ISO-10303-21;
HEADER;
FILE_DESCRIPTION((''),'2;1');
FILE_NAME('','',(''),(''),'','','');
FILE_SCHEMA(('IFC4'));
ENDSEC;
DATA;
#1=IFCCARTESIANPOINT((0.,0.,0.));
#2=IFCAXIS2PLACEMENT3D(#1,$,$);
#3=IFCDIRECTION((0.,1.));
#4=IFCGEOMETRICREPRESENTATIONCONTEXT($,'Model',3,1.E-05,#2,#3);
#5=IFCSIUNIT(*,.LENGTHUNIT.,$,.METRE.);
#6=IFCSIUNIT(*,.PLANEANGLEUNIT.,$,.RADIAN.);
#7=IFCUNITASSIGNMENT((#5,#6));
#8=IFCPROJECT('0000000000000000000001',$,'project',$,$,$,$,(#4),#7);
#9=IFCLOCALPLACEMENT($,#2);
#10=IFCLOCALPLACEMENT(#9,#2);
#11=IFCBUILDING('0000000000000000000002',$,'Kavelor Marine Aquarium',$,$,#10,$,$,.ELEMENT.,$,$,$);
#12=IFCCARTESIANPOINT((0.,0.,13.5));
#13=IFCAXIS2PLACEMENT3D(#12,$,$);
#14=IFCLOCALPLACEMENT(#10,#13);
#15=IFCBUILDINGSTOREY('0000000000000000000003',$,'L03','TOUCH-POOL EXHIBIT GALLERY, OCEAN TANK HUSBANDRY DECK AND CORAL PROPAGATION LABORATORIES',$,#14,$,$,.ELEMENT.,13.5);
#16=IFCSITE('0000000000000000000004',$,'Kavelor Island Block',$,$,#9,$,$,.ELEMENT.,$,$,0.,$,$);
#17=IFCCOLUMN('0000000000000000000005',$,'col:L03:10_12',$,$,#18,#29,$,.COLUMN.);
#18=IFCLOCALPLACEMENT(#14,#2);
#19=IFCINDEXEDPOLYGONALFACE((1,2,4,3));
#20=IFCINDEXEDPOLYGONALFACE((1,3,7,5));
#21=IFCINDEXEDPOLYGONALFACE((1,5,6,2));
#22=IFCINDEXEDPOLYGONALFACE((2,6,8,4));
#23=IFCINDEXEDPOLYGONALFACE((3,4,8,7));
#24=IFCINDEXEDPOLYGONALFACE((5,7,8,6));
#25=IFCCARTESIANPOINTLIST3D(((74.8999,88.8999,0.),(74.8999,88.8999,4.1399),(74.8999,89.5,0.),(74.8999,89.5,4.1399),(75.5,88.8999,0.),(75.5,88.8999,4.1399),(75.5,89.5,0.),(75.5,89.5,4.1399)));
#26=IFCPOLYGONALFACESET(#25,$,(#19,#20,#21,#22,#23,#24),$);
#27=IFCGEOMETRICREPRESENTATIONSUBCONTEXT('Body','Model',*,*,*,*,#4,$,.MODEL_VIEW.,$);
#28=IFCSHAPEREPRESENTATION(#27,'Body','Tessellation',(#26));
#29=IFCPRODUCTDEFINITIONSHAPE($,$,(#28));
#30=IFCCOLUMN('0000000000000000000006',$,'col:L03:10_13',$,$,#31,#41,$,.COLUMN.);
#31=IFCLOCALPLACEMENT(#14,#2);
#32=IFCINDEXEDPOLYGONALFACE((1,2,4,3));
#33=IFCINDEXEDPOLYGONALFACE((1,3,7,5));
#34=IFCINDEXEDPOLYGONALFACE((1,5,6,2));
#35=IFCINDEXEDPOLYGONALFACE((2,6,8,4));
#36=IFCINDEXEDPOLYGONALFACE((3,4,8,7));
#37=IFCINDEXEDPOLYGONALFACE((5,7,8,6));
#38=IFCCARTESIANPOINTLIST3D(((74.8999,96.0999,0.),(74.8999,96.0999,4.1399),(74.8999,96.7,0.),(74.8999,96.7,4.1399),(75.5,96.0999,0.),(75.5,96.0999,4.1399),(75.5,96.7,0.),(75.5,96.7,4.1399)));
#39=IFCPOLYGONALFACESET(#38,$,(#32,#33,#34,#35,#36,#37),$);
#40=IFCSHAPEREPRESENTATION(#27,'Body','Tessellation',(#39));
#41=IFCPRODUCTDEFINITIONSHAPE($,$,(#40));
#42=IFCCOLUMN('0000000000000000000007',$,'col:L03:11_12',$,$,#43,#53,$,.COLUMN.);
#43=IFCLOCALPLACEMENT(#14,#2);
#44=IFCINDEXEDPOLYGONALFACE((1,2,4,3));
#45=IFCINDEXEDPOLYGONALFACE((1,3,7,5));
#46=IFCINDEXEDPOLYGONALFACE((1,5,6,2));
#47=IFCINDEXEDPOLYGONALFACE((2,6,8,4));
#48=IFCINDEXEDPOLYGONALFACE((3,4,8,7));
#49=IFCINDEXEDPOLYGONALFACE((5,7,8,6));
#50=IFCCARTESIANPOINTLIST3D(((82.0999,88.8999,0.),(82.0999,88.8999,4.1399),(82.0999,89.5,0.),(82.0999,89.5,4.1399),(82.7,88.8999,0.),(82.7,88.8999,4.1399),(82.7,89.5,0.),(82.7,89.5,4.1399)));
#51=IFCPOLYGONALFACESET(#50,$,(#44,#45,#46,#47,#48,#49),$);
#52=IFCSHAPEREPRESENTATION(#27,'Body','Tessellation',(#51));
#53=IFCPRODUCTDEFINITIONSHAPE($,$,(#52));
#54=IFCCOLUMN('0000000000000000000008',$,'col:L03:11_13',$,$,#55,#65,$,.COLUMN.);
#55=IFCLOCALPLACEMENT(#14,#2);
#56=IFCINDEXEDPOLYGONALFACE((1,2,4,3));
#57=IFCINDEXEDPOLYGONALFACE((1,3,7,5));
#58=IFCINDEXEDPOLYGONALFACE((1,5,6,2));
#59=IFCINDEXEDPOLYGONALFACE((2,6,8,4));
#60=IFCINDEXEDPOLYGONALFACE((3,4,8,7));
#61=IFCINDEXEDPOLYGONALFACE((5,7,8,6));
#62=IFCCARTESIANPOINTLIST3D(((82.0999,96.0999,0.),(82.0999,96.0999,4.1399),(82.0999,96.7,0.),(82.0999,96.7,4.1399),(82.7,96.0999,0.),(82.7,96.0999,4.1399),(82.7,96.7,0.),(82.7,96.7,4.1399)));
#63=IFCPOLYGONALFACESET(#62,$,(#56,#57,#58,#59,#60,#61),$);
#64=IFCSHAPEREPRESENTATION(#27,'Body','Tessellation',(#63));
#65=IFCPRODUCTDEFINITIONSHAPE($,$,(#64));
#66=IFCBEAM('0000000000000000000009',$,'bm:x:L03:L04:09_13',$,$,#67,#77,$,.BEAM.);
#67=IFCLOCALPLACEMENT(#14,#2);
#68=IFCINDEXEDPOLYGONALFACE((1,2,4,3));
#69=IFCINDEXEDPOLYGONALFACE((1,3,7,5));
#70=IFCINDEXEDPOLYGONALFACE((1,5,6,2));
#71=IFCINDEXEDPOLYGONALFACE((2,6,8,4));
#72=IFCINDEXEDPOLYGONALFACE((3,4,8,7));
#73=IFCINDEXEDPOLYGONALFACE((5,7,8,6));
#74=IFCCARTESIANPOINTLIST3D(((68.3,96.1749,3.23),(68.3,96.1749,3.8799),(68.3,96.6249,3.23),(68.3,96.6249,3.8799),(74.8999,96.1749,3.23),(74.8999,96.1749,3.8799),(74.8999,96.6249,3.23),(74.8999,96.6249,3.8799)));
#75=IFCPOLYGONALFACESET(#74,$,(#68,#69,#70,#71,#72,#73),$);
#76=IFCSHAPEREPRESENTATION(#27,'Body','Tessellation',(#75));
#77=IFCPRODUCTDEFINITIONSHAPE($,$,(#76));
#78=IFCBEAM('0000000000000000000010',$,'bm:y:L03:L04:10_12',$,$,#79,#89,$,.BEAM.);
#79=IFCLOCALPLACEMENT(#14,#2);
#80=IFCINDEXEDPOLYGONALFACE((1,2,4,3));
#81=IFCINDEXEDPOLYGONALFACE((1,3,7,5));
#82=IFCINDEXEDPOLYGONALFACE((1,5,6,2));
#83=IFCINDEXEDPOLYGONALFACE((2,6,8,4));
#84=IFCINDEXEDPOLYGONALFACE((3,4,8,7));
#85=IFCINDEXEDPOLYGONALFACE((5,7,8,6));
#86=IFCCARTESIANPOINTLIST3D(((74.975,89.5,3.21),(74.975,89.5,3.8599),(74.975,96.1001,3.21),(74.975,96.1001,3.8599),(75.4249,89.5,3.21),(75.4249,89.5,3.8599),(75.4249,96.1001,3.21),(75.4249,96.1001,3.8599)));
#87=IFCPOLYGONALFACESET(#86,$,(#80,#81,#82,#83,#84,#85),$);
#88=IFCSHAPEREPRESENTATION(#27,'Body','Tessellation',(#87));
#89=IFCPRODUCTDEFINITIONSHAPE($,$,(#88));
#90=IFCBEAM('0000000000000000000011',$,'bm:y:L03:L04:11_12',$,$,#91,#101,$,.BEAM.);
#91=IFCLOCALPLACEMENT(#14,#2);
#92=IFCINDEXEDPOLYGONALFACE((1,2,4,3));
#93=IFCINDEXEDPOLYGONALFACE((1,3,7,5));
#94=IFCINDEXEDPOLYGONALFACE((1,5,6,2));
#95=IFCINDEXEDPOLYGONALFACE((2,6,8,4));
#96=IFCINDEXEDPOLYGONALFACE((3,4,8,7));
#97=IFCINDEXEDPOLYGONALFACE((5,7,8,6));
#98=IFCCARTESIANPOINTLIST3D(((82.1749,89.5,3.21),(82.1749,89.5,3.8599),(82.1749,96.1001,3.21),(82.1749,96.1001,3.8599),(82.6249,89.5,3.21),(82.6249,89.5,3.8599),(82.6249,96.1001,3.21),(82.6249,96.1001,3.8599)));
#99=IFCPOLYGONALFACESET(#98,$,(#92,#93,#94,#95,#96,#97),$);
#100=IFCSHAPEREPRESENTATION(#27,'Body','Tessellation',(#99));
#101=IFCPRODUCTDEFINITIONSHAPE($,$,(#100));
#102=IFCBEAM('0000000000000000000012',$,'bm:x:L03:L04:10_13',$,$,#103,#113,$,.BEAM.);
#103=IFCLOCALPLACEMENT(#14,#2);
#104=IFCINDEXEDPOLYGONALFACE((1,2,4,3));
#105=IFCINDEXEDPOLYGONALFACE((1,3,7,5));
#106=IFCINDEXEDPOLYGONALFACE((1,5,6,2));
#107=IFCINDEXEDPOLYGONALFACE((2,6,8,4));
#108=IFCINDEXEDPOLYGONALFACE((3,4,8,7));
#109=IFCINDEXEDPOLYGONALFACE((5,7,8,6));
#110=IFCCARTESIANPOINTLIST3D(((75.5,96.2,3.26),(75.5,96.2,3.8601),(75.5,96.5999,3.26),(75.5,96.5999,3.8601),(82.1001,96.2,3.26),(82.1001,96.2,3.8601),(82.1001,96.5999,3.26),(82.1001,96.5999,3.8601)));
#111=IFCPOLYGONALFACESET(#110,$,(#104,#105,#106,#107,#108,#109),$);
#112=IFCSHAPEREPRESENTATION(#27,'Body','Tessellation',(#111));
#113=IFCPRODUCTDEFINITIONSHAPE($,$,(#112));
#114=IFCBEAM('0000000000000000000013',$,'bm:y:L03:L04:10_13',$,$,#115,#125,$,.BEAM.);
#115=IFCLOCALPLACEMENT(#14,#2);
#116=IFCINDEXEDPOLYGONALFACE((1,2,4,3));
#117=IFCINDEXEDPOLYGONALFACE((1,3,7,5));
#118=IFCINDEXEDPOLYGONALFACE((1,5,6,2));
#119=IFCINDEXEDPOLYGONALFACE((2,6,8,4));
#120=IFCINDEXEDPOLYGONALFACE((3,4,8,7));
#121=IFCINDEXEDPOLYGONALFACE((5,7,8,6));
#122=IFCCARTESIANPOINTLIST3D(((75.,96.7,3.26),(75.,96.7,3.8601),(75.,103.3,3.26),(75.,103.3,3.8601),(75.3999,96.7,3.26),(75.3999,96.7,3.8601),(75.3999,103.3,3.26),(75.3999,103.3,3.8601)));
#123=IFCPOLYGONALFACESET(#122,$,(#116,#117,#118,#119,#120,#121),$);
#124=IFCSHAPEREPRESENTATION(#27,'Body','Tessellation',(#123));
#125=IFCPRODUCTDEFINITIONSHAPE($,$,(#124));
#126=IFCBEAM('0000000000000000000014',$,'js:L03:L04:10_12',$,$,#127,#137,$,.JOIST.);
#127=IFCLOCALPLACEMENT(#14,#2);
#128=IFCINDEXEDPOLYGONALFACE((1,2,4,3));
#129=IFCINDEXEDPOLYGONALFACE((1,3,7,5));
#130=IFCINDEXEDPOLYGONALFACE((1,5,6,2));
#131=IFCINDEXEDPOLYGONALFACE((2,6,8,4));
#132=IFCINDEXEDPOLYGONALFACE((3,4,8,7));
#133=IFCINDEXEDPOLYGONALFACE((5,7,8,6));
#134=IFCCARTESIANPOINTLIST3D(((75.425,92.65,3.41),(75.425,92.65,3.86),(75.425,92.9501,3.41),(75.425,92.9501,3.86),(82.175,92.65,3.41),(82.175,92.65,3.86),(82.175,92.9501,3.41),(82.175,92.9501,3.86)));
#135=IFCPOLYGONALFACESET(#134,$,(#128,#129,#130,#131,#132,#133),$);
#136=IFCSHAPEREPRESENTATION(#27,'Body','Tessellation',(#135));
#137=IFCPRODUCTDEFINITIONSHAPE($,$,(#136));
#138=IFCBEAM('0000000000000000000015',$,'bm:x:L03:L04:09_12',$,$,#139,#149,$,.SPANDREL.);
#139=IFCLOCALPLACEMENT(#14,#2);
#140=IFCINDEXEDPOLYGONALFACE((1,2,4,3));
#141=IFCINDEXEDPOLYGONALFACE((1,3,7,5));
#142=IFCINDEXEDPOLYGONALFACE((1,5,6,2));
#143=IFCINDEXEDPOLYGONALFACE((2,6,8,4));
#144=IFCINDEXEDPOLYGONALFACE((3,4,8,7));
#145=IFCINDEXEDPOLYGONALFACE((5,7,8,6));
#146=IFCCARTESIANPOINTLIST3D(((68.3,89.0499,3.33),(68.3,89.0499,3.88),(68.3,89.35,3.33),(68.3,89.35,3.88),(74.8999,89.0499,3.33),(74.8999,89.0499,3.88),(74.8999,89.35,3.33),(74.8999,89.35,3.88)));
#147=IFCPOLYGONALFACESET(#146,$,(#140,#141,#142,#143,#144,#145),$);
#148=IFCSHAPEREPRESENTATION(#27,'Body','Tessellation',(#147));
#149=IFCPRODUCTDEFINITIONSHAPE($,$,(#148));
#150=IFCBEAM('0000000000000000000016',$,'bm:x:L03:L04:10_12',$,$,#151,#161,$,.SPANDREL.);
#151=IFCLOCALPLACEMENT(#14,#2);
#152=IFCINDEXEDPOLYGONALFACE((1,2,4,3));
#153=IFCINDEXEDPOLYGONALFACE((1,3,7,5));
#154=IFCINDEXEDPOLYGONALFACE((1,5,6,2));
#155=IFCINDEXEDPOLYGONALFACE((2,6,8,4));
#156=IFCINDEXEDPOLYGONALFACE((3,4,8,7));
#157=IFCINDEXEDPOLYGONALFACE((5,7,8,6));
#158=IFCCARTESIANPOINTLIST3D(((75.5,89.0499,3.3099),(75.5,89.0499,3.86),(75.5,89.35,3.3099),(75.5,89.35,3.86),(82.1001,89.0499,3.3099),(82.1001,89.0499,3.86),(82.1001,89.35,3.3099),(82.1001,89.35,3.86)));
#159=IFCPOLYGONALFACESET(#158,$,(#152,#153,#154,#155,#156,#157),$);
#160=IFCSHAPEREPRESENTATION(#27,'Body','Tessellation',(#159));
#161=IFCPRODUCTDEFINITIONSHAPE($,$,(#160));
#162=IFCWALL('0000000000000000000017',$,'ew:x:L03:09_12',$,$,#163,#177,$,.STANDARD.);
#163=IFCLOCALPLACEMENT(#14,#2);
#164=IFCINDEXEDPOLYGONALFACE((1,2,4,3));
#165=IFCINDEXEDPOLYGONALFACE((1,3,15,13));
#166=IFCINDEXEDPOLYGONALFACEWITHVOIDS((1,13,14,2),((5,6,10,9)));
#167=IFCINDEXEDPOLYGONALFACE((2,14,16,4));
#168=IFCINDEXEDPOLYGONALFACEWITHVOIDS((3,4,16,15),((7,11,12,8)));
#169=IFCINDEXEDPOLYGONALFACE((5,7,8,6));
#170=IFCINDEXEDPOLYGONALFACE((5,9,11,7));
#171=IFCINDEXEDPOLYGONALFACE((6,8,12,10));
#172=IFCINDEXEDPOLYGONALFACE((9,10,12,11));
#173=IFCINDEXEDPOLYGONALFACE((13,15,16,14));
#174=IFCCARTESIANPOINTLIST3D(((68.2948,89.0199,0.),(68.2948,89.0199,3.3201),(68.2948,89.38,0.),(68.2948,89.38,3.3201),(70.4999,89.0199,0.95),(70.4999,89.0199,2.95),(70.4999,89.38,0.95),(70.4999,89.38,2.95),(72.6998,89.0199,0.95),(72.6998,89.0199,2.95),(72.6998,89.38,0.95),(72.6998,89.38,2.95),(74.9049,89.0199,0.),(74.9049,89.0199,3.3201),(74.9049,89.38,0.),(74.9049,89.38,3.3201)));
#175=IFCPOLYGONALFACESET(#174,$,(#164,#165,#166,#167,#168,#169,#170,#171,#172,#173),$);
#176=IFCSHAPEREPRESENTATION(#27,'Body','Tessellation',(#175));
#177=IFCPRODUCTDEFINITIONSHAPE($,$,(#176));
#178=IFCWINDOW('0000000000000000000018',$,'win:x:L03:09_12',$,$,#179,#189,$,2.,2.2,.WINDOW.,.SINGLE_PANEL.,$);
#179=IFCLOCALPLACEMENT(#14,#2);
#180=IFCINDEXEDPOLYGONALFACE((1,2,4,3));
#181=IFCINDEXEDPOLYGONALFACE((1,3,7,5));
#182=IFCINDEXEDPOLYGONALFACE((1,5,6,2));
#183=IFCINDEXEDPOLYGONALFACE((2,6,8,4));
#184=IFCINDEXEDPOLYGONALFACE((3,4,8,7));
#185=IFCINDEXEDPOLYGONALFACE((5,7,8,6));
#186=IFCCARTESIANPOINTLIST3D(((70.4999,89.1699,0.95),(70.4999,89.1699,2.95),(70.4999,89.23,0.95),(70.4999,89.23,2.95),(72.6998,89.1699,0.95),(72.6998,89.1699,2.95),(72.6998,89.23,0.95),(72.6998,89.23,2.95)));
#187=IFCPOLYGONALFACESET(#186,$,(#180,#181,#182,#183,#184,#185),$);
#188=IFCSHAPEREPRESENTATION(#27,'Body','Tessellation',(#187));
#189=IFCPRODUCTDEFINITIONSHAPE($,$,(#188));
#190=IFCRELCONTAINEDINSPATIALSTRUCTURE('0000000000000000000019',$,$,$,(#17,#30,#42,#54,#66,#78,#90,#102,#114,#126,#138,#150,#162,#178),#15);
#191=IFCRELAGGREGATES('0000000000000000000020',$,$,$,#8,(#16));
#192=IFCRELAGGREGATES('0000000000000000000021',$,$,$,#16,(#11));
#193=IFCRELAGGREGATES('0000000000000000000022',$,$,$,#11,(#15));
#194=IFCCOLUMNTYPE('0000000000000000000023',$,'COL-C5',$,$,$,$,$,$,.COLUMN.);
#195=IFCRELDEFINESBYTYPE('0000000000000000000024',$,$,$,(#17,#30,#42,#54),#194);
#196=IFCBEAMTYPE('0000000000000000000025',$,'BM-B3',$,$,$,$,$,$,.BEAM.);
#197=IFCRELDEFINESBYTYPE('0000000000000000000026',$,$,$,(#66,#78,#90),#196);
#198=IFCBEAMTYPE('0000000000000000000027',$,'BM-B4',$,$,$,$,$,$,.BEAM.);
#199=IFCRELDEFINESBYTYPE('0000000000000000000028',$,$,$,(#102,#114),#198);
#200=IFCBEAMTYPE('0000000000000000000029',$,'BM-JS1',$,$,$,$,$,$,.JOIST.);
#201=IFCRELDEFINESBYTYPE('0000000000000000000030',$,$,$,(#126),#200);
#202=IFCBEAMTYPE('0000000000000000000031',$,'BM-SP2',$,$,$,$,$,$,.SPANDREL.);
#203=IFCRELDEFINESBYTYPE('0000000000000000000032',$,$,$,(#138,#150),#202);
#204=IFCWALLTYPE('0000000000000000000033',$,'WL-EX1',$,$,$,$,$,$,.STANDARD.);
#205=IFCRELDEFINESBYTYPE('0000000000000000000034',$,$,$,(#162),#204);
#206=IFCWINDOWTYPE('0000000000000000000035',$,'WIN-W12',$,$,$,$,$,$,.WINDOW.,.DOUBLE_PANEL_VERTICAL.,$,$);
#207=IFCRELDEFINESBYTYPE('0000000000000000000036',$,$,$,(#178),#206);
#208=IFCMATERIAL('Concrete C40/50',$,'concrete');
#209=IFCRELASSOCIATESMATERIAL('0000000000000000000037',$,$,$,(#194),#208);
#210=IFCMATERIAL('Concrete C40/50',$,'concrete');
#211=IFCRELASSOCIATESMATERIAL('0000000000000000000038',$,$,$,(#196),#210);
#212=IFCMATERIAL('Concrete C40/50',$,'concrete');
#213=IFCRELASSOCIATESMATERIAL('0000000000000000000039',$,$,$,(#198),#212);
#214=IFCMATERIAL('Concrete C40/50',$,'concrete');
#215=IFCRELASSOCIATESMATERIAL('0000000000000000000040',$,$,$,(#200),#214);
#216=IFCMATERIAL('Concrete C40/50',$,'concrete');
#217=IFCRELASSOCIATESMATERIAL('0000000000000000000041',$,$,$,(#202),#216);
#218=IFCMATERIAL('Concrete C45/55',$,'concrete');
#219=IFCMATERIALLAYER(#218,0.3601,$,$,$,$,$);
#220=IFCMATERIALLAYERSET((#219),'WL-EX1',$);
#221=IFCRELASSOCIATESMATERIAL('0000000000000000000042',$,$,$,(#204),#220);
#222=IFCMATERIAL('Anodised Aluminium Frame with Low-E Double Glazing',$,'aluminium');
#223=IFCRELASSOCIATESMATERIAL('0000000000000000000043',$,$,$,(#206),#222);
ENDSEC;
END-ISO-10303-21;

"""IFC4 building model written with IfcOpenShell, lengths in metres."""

from ifc_helpers import new_model, si_unit, direction, frame, frame_2d, origin, origin_2d, place, context, subcontext, project, spatial, rectangle, extrude, material, layer, layer_set, material_profile, profile_set, type_object, element, fill, save


model = new_model("IFC4")

# Units and contexts
model_context = context("Model", 3, precision=1e-05, world=origin(), true_north=direction((0.0, 1.0)))
body_context = subcontext(model_context, "Body", "Model", "MODEL_VIEW")
ifc_project = project(units=[si_unit("LENGTHUNIT", "METRE"), si_unit("PLANEANGLEUNIT", "RADIAN")], contexts=[model_context])

# Site, building, storey
site_placement = place(None, origin())
site = spatial("IfcSite", under=ifc_project, at=site_placement, Name="Kavelor Island Block", CompositionType="ELEMENT", RefElevation=0.0)
building_placement = place(site_placement, origin())
building = spatial("IfcBuilding", under=site, at=building_placement, Name="Kavelor Marine Aquarium", CompositionType="ELEMENT")
storey_placement = place(building_placement, frame((0.0, 0.0, 13.5)))
storey = spatial("IfcBuildingStorey", under=building, at=storey_placement, Name="L03", Description="TOUCH-POOL EXHIBIT GALLERY, OCEAN TANK HUSBANDRY DECK AND CORAL PROPAGATION LABORATORIES", CompositionType="ELEMENT", Elevation=13.5)

# Columns
ifc_material_1 = material(Name="Concrete C40/50", Category="concrete")
ifc_material_profile_1 = material_profile(ifc_material_1, rectangle(XDim=0.6001, YDim=0.6001, at=origin_2d()), Name="RC-COL 600x600")
ifc_profile_set_1 = profile_set([ifc_material_profile_1], Name="Concrete C40/50")
column_type = type_object("IfcColumnType", Name="COL-C5", PredefinedType="COLUMN", material=ifc_profile_set_1)
for number, where, z_axis, x_axis, name in (
    (1, (75.2, 89.2, 0.0), (0.0, 0.0, 1.0), (1.0, 0.0, 0.0), "col:L03:10_12"),
    (2, (75.2, 96.3999, 0.0), (0.0, 0.0, 1.0), (1.0, 0.0, 0.0), "col:L03:10_13"),
    (3, (82.3999, 89.2, 0.0), (0.0, 0.0, 1.0), (1.0, 0.0, 0.0), "col:L03:11_12"),
    (4, (82.3999, 96.3999, 0.0), (0.0, 0.0, 1.0), (1.0, 0.0, 0.0), "col:L03:11_13"),
):
    element("IfcColumn", number, at=place(storey_placement, frame(where, z_axis=z_axis, x_axis=x_axis)), inside=storey, type_object=column_type, Name=name, PredefinedType="COLUMN", context=body_context, shape_type="SweptSolid", body=[
        extrude(rectangle(XDim=0.6001, YDim=0.6001, at=origin_2d()), origin(), (0.0, 0.0, 1.0), 4.1399),
    ])

# Beams
ifc_material_2 = material(Name="Concrete C40/50", Category="concrete")
ifc_material_profile_2 = material_profile(ifc_material_2, rectangle(XDim=0.45, YDim=0.6499, at=origin_2d()), Name="RC-BM 450x650")
ifc_profile_set_2 = profile_set([ifc_material_profile_2], Name="Concrete C40/50")
beam_type_1 = type_object("IfcBeamType", Name="BM-B3", PredefinedType="BEAM", material=ifc_profile_set_2)
beam_1_placement = place(storey_placement, frame((68.3, 96.3999, 3.5549), z_axis=(1.0, 0.0, 0.0), x_axis=(0.0, 1.0, 0.0)))
element("IfcBeam", 5, at=beam_1_placement, inside=storey, type_object=beam_type_1, Name="bm:x:L03:L04:09_13", PredefinedType="BEAM", context=body_context, shape_type="SweptSolid", body=[
    extrude(rectangle(XDim=0.45, YDim=0.6499, at=origin_2d()), origin(), (0.0, 0.0, 1.0), 6.5999),
])
for number, where, z_axis, x_axis, name in (
    (6, (75.2, 89.5, 3.5349), (0.0, 1.0, 0.0), (-1.0, 0.0, 0.0), "bm:y:L03:L04:10_12"),
    (7, (82.3999, 89.5, 3.5349), (0.0, 1.0, 0.0), (-1.0, 0.0, 0.0), "bm:y:L03:L04:11_12"),
):
    element("IfcBeam", number, at=place(storey_placement, frame(where, z_axis=z_axis, x_axis=x_axis)), inside=storey, type_object=beam_type_1, Name=name, PredefinedType="BEAM", context=body_context, shape_type="SweptSolid", body=[
        extrude(rectangle(XDim=0.45, YDim=0.6499, at=origin_2d()), origin(), (0.0, 0.0, 1.0), 6.6001),
    ])
ifc_material_3 = material(Name="Concrete C40/50", Category="concrete")
ifc_material_profile_3 = material_profile(ifc_material_3, rectangle(XDim=0.3999, YDim=0.6001, at=origin_2d()), Name="RC-BM 400x600")
ifc_profile_set_3 = profile_set([ifc_material_profile_3], Name="Concrete C40/50")
beam_type_2 = type_object("IfcBeamType", Name="BM-B4", PredefinedType="BEAM", material=ifc_profile_set_3)
for number, where, z_axis, x_axis, name in (
    (8, (75.5, 96.3999, 3.5601), (1.0, 0.0, 0.0), (0.0, 1.0, 0.0), "bm:x:L03:L04:10_13"),
    (9, (75.2, 96.7, 3.5601), (0.0, 1.0, 0.0), (-1.0, 0.0, 0.0), "bm:y:L03:L04:10_13"),
):
    element("IfcBeam", number, at=place(storey_placement, frame(where, z_axis=z_axis, x_axis=x_axis)), inside=storey, type_object=beam_type_2, Name=name, PredefinedType="BEAM", context=body_context, shape_type="SweptSolid", body=[
        extrude(rectangle(XDim=0.3999, YDim=0.6001, at=origin_2d()), origin(), (0.0, 0.0, 1.0), 6.6001),
    ])
ifc_material_4 = material(Name="Concrete C40/50", Category="concrete")
ifc_material_profile_4 = material_profile(ifc_material_4, rectangle(XDim=0.3, YDim=0.45, at=origin_2d()), Name="RC-JS 300x450")
ifc_profile_set_4 = profile_set([ifc_material_profile_4], Name="Concrete C40/50")
beam_type_3 = type_object("IfcBeamType", Name="BM-JS1", PredefinedType="JOIST", material=ifc_profile_set_4)
beam_2_placement = place(storey_placement, frame((75.425, 92.8, 3.635), z_axis=(1.0, 0.0, 0.0), x_axis=(0.0, 1.0, 0.0)))
element("IfcBeam", 10, at=beam_2_placement, inside=storey, type_object=beam_type_3, Name="js:L03:L04:10_12", PredefinedType="JOIST", context=body_context, shape_type="SweptSolid", body=[
    extrude(rectangle(XDim=0.3, YDim=0.45, at=origin_2d()), origin(), (0.0, 0.0, 1.0), 6.75),
])
ifc_material_5 = material(Name="Concrete C40/50", Category="concrete")
ifc_material_profile_5 = material_profile(ifc_material_5, rectangle(XDim=0.3, YDim=0.55, at=origin_2d()), Name="RC-SP 300x550")
ifc_profile_set_5 = profile_set([ifc_material_profile_5], Name="Concrete C40/50")
beam_type_4 = type_object("IfcBeamType", Name="BM-SP2", PredefinedType="SPANDREL", material=ifc_profile_set_5)
beam_3_placement = place(storey_placement, frame((68.3, 89.2, 3.605), z_axis=(1.0, 0.0, 0.0), x_axis=(0.0, 1.0, 0.0)))
element("IfcBeam", 11, at=beam_3_placement, inside=storey, type_object=beam_type_4, Name="bm:x:L03:L04:09_12", PredefinedType="SPANDREL", context=body_context, shape_type="SweptSolid", body=[
    extrude(rectangle(XDim=0.3, YDim=0.55, at=origin_2d()), origin(), (0.0, 0.0, 1.0), 6.5999),
])
beam_4_placement = place(storey_placement, frame((75.5, 89.2, 3.585), z_axis=(1.0, 0.0, 0.0), x_axis=(0.0, 1.0, 0.0)))
element("IfcBeam", 12, at=beam_4_placement, inside=storey, type_object=beam_type_4, Name="bm:x:L03:L04:10_12", PredefinedType="SPANDREL", context=body_context, shape_type="SweptSolid", body=[
    extrude(rectangle(XDim=0.3, YDim=0.55, at=origin_2d()), origin(), (0.0, 0.0, 1.0), 6.6001),
])

# Wall, opening, window
ifc_material_6 = material(Name="Concrete C45/55", Category="concrete")
ifc_layer_1 = layer(ifc_material_6, 0.3601)
ifc_layer_set_1 = layer_set([ifc_layer_1], Name="WL-EX1")
wall_type_1 = type_object("IfcWallType", Name="WL-EX1", PredefinedType="STANDARD", material=ifc_layer_set_1)
wall_1_placement = place(storey_placement, frame((74.905, 89.2, 0.0), z_axis=(0.0, 0.0, 1.0), x_axis=(-1.0, 0.0, 0.0)))
wall_1 = element("IfcWall", 13, at=wall_1_placement, inside=storey, type_object=wall_type_1, Name="ew:x:L03:09_12", PredefinedType="STANDARD", context=body_context, shape_type="SweptSolid", body=[
    extrude(rectangle(XDim=6.6101, YDim=0.3601, at=frame_2d((3.3052, 0.0))), origin(), (0.0, 0.0, 1.0), 3.3201),
])
opening_1_placement = place(wall_1_placement, frame((2.2051, 0.0, 0.95)))
opening_1 = element("IfcOpeningElement", 14, at=opening_1_placement, cuts=wall_1, PredefinedType="OPENING", context=body_context, shape_type="SweptSolid", body=[
    extrude(rectangle(XDim=2.2, YDim=2.0, at=frame_2d((1.1001, 1.0))), frame((0.0, 0.1899, 0.0), z_axis=(0.0, -1.0, 0.0), x_axis=(1.0, 0.0, 0.0)), (0.0, 0.0, 1.0), 0.3801),
])
ifc_material_7 = material(Name="Anodised Aluminium Frame with Low-E Double Glazing", Category="aluminium")
window_type_1 = type_object("IfcWindowType", Name="WIN-W12", PartitioningType="DOUBLE_PANEL_VERTICAL", PredefinedType="WINDOW", material=ifc_material_7)
window_1_placement = place(opening_1_placement, origin())
window_1 = element("IfcWindow", 15, at=window_1_placement, inside=storey, type_object=window_type_1, Name="win:x:L03:09_12", OverallHeight=2.0, OverallWidth=2.2, PartitioningType="SINGLE_PANEL", PredefinedType="WINDOW", context=body_context, shape_type="SweptSolid", body=[
    extrude(rectangle(XDim=2.2, YDim=2.0, at=frame_2d((1.1001, 1.0))), frame((0.0, 0.03, 0.0), z_axis=(0.0, -1.0, 0.0), x_axis=(1.0, 0.0, 0.0)), (0.0, 0.0, 1.0), 0.0601),
])
fill(opening_1, window_1)

save(model, "model.ifc")
